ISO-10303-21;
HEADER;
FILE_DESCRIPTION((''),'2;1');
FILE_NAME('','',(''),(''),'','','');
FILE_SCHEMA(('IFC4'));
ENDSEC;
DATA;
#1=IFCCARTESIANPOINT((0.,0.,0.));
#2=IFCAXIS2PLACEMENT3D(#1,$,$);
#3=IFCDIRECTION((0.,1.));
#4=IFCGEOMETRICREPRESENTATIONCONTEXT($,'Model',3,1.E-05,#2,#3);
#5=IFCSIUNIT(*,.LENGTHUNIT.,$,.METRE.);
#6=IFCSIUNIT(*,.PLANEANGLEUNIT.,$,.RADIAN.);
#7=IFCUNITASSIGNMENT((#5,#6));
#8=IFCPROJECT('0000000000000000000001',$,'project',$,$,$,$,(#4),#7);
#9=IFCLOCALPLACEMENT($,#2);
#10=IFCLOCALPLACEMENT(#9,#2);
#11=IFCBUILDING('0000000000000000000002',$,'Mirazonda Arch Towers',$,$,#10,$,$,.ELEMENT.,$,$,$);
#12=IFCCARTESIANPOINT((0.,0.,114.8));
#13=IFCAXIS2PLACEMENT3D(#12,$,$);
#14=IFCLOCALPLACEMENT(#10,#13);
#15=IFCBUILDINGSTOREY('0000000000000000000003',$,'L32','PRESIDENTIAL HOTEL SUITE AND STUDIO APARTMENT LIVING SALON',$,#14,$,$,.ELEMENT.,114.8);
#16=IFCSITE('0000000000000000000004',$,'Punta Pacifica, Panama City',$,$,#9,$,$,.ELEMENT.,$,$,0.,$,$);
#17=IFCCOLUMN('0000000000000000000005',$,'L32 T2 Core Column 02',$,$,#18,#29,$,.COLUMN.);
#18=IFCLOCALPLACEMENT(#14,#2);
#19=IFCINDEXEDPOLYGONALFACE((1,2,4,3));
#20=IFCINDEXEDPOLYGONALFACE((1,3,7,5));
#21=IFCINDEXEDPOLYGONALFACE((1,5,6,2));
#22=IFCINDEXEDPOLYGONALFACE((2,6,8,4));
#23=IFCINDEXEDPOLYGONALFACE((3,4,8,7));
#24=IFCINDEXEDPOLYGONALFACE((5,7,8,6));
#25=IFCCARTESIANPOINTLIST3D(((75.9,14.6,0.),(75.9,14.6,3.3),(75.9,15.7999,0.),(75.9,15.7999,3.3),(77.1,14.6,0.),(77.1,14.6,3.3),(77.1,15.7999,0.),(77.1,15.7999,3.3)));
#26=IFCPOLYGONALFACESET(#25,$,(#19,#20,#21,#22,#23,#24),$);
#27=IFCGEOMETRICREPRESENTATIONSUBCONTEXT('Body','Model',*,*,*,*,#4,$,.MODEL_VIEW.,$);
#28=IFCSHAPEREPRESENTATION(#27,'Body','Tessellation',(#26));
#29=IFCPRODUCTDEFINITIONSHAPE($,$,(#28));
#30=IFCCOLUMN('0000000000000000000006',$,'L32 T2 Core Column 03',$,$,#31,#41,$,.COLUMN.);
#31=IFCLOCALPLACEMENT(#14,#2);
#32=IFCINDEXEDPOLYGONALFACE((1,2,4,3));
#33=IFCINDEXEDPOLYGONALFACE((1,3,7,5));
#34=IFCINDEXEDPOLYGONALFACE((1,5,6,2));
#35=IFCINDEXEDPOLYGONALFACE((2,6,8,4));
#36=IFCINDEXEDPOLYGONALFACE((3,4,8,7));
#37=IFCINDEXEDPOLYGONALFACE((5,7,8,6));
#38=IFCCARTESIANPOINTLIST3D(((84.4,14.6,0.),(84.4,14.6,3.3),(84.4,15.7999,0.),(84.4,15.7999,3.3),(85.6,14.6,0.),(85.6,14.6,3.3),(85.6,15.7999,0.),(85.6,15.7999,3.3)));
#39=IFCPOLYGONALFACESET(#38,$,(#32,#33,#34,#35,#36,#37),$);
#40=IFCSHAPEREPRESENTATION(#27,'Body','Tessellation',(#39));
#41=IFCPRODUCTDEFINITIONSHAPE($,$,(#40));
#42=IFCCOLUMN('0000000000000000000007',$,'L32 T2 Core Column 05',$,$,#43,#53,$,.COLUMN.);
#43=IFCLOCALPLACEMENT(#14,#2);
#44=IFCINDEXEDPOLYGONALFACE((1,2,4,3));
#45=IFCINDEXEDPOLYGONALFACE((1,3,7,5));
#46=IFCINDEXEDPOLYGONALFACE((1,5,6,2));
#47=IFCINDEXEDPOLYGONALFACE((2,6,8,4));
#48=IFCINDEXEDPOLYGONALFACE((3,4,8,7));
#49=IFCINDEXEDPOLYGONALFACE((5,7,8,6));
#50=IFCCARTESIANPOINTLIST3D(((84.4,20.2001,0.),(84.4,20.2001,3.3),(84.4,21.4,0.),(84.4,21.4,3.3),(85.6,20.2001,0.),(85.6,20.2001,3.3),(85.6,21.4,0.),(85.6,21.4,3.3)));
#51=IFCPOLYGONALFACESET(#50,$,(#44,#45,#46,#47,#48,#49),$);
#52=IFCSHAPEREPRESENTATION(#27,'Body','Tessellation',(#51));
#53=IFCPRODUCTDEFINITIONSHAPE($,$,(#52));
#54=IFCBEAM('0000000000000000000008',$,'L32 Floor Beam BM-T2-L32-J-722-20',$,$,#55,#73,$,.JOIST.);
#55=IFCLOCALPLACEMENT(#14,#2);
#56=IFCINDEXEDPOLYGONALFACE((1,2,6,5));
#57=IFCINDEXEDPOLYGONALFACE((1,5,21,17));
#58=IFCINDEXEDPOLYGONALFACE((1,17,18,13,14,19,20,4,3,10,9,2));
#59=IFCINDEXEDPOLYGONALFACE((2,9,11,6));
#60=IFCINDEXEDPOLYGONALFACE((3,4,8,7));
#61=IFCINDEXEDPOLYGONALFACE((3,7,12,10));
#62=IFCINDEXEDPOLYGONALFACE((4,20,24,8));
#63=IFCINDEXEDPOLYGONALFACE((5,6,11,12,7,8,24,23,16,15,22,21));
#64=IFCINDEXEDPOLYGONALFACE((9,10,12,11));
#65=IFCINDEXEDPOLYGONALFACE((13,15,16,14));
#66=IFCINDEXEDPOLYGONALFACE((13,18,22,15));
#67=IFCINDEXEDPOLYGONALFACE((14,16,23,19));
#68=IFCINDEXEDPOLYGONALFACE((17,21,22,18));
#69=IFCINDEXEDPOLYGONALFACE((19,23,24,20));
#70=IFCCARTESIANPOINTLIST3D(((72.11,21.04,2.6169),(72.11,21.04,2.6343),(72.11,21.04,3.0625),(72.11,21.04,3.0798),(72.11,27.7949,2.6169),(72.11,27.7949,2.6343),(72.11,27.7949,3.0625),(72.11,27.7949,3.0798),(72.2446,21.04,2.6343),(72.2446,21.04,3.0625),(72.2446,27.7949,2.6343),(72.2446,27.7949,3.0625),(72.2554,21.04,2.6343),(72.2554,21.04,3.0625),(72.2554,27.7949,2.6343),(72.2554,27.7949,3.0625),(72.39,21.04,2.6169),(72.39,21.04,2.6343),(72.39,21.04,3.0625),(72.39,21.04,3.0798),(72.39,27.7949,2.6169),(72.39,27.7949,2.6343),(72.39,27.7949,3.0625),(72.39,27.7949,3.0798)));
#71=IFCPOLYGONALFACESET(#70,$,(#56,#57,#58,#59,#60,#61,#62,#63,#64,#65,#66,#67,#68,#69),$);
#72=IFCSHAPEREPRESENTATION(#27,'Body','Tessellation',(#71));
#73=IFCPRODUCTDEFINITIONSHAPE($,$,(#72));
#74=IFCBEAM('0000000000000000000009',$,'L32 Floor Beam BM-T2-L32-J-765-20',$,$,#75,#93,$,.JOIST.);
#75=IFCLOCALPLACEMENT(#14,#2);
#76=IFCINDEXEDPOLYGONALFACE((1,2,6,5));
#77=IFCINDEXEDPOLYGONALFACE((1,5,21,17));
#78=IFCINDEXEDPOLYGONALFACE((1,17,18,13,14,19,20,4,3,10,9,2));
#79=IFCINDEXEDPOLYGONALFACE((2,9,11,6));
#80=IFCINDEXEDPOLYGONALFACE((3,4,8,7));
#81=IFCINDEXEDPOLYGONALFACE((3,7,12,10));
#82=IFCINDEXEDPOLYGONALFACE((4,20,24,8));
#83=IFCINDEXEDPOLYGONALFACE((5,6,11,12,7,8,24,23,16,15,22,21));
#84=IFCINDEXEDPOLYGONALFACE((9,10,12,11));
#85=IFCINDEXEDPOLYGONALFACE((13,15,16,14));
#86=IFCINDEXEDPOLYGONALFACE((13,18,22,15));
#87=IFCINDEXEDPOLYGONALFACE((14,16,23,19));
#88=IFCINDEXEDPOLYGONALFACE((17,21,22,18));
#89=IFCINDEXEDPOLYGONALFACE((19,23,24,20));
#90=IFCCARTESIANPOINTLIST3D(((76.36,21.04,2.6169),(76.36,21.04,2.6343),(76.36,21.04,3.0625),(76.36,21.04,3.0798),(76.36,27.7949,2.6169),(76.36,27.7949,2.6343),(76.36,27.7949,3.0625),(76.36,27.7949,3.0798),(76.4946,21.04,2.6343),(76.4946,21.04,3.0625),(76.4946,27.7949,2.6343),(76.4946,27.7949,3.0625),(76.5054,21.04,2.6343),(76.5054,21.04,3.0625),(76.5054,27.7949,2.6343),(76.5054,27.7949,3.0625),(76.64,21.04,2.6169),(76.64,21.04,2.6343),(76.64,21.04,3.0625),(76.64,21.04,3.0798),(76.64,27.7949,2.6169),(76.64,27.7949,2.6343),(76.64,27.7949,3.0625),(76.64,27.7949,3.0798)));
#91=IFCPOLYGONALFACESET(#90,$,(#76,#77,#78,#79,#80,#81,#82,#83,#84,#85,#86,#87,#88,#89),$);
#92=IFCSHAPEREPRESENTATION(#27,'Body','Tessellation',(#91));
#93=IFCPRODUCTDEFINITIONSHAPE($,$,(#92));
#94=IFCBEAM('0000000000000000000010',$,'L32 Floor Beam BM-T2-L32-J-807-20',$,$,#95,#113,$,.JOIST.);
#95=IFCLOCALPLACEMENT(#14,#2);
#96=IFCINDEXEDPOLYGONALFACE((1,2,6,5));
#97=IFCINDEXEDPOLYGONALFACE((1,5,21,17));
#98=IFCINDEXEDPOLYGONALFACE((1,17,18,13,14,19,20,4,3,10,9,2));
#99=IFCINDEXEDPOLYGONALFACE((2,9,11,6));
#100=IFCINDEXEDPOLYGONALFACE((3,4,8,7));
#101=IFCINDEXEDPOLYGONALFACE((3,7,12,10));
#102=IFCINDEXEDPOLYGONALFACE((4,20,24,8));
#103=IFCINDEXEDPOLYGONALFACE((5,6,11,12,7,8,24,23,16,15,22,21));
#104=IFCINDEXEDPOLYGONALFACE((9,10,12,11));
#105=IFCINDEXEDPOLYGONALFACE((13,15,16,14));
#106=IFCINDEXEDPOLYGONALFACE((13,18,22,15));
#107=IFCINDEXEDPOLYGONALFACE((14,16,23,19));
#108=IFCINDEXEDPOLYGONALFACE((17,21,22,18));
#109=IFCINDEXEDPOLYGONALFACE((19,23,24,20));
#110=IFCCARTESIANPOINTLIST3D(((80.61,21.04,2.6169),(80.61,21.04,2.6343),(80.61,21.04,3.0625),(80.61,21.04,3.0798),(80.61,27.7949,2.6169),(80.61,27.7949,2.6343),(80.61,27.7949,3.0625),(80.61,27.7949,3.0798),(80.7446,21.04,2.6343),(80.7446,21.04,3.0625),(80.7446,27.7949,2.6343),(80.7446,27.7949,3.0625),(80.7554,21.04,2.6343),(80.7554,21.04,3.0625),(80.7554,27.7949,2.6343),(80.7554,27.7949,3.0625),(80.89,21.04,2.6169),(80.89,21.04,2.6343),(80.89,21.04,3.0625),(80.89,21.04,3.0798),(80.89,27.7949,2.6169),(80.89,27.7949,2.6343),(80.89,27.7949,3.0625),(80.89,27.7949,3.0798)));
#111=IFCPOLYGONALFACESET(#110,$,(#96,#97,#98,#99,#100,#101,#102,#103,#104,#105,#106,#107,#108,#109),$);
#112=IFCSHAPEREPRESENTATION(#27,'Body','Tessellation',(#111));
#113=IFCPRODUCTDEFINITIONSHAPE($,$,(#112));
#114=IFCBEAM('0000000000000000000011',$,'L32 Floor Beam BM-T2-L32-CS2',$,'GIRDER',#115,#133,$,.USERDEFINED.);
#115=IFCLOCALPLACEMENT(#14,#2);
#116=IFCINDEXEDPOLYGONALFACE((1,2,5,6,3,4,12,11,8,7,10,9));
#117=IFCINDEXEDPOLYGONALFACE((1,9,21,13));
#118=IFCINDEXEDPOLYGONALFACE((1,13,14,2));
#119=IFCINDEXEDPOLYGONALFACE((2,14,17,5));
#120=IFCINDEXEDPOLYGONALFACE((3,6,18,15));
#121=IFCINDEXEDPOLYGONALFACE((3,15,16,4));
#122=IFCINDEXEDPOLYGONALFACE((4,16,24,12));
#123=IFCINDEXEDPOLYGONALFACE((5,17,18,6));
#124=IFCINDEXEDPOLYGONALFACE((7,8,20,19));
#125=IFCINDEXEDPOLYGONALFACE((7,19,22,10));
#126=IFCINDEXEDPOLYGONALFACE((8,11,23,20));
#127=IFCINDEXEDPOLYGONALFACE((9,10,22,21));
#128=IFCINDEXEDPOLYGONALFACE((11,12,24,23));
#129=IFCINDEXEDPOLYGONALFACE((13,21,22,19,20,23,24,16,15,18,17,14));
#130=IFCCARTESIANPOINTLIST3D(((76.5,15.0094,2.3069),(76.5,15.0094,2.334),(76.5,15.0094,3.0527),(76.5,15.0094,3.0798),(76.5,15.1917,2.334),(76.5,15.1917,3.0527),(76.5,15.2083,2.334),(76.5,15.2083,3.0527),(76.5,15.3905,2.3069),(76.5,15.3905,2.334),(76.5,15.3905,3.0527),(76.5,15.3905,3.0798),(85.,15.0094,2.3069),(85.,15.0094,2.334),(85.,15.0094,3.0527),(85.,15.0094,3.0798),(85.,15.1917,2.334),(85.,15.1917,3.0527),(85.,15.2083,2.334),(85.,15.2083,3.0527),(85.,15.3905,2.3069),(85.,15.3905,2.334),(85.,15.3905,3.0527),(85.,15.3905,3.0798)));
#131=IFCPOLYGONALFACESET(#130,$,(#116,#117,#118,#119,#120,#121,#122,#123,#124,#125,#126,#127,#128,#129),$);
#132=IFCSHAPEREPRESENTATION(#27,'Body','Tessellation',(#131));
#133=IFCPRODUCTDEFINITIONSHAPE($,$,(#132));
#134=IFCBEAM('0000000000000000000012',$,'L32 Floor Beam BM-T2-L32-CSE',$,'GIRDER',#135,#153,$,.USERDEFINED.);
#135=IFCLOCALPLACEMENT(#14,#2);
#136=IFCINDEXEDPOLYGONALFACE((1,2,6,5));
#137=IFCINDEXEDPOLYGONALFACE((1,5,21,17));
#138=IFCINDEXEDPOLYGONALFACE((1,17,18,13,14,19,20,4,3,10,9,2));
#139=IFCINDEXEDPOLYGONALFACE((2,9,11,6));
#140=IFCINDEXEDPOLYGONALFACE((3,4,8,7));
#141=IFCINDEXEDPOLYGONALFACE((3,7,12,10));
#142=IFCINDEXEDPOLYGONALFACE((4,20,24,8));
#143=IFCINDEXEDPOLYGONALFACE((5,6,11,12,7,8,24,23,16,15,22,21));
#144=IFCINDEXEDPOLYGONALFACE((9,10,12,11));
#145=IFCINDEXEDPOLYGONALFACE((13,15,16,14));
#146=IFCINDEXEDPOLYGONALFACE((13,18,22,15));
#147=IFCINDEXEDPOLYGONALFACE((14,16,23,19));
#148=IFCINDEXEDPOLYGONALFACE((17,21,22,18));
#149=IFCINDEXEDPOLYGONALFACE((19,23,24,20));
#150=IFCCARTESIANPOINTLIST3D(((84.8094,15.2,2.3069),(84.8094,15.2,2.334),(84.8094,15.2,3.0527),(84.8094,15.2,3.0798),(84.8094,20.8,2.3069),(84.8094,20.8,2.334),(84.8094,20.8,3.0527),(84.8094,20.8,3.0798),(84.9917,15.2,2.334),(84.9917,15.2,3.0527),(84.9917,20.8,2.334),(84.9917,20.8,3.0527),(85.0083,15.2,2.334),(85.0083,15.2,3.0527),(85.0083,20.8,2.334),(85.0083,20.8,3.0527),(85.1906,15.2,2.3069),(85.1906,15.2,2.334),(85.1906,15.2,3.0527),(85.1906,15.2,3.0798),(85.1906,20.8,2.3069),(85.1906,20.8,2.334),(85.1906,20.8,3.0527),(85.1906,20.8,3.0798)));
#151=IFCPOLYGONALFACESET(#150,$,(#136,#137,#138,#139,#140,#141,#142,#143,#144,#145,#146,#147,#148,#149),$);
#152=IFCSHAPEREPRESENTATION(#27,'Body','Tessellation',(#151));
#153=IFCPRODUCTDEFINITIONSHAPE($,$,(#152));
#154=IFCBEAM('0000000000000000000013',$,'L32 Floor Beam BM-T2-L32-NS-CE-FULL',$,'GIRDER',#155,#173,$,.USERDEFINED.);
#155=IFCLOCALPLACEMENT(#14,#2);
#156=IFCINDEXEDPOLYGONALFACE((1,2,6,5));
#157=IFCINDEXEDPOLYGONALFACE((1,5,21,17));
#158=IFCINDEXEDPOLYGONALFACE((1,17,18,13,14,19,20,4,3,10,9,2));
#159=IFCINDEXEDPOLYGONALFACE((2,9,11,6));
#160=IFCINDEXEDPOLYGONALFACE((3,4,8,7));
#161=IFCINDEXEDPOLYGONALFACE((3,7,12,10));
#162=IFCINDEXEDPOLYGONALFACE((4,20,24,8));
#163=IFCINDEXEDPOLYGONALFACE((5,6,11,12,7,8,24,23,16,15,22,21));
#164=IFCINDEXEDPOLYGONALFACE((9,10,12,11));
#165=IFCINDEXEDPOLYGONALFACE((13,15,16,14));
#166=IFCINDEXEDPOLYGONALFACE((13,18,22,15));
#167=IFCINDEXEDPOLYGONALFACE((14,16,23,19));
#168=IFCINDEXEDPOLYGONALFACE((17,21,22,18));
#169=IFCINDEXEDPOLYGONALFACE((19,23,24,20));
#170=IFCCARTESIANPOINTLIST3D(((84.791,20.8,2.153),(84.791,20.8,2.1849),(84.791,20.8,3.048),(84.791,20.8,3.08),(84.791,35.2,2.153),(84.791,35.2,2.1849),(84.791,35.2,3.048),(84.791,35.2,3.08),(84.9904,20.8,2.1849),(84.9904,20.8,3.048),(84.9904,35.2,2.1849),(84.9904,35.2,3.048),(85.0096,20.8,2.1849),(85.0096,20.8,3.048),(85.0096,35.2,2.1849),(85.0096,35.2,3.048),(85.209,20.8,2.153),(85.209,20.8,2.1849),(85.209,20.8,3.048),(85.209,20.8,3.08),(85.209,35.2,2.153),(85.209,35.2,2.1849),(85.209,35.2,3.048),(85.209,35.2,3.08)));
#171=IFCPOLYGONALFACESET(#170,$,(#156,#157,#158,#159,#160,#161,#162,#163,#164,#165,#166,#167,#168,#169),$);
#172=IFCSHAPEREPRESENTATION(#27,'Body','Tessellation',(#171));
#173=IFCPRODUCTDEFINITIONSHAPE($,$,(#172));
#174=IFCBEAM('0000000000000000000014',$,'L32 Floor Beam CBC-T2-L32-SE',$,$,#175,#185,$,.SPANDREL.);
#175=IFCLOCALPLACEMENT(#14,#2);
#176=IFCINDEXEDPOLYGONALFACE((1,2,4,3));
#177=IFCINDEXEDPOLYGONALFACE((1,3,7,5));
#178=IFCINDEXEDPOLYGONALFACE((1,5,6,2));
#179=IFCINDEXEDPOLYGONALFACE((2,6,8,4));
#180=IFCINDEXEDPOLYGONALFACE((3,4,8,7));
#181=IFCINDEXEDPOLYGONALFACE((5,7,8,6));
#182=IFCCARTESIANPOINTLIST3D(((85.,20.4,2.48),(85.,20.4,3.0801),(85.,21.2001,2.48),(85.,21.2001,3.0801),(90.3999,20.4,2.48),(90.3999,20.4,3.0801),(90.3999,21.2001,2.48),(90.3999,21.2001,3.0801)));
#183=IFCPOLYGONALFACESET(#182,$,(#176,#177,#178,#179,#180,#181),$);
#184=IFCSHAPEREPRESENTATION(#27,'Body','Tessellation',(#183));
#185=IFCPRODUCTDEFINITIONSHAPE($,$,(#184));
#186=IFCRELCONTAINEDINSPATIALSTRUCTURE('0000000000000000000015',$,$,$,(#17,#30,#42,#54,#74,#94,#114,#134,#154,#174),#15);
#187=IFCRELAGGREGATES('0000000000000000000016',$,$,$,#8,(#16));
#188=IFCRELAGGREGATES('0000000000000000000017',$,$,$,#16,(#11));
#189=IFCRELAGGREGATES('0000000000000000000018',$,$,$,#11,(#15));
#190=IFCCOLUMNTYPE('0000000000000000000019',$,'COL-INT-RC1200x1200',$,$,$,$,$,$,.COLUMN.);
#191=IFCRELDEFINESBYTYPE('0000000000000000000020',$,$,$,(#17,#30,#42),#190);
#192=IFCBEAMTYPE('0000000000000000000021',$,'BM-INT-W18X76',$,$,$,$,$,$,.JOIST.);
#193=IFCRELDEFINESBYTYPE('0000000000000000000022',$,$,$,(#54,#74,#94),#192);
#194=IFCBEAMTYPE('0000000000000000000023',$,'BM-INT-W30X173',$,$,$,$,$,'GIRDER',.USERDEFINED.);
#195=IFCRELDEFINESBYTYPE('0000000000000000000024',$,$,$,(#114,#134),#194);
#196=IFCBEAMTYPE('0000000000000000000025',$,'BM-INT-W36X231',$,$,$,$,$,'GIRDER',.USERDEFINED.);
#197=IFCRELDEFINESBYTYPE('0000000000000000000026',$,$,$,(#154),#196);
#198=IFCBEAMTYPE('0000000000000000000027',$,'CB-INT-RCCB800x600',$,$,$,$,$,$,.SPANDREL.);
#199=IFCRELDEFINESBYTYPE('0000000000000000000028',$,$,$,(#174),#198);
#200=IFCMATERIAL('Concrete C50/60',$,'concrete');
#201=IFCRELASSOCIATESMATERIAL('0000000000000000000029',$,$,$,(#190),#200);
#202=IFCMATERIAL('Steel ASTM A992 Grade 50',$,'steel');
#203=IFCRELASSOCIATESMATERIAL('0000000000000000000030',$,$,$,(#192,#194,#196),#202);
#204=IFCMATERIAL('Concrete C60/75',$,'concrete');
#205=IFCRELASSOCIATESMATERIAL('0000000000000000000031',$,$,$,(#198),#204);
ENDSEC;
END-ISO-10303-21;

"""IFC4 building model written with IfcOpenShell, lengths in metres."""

from ifc_helpers import new_model, si_unit, direction, frame, origin, origin_2d, place, context, subcontext, project, spatial, rectangle, i_section, extrude, material, material_profile, profile_set, type_object, element, save


model = new_model("IFC4")

# Units and contexts
model_context = context("Model", 3, precision=1e-05, world=origin(), true_north=direction((0.0, 1.0)))
body_context = subcontext(model_context, "Body", "Model", "MODEL_VIEW")
ifc_project = project(units=[si_unit("LENGTHUNIT", "METRE"), si_unit("PLANEANGLEUNIT", "RADIAN")], contexts=[model_context])

# Site, building, storey
site_placement = place(None, origin())
site = spatial("IfcSite", under=ifc_project, at=site_placement, Name="Punta Pacifica, Panama City", CompositionType="ELEMENT", RefElevation=0.0)
building_placement = place(site_placement, origin())
building = spatial("IfcBuilding", under=site, at=building_placement, Name="Mirazonda Arch Towers", CompositionType="ELEMENT")
storey_placement = place(building_placement, frame((0.0, 0.0, 114.8)))
storey = spatial("IfcBuildingStorey", under=building, at=storey_placement, Name="L32", Description="PRESIDENTIAL HOTEL SUITE AND STUDIO APARTMENT LIVING SALON", CompositionType="ELEMENT", Elevation=114.8)

# Columns
ifc_material_1 = material(Name="Concrete C50/60", Category="concrete")
ifc_material_profile_1 = material_profile(ifc_material_1, rectangle(XDim=1.2, YDim=1.2, at=origin_2d()), Name="RC1200x1200")
ifc_profile_set_1 = profile_set([ifc_material_profile_1], Name="Concrete C50/60")
column_type = type_object("IfcColumnType", Name="COL-INT-RC1200x1200", PredefinedType="COLUMN", material=ifc_profile_set_1)
for number, where, z_axis, x_axis, name in (
    (1, (76.5, 15.2, 0.0), (0.0, 0.0, 1.0), (1.0, 0.0, 0.0), "L32 T2 Core Column 02"),
    (2, (85.0, 15.2, 0.0), (0.0, 0.0, 1.0), (1.0, 0.0, 0.0), "L32 T2 Core Column 03"),
    (3, (85.0, 20.8, 0.0), (0.0, 0.0, 1.0), (1.0, 0.0, 0.0), "L32 T2 Core Column 05"),
):
    element("IfcColumn", number, at=place(storey_placement, frame(where, z_axis=z_axis, x_axis=x_axis)), inside=storey, type_object=column_type, Name=name, PredefinedType="COLUMN", context=body_context, shape_type="SweptSolid", body=[
        extrude(rectangle(XDim=1.2, YDim=1.2, at=origin_2d()), origin(), (0.0, 0.0, 1.0), 3.3),
    ])

# Beams
ifc_material_2 = material(Name="Steel ASTM A992 Grade 50", Category="steel")
ifc_material_profile_2 = material_profile(ifc_material_2, i_section(OverallWidth=0.28, OverallDepth=0.4629, WebThickness=0.0107, FlangeThickness=0.0173, at=origin_2d()), Name="W18X76")
ifc_profile_set_2 = profile_set([ifc_material_profile_2], Name="Steel ASTM A992 Grade 50")
beam_type_1 = type_object("IfcBeamType", Name="BM-INT-W18X76", PredefinedType="JOIST", material=ifc_profile_set_2)
for number, where, z_axis, x_axis, name in (
    (4, (72.25, 21.04, 2.8484), (0.0, 1.0, 0.0), (-1.0, 0.0, 0.0), "L32 Floor Beam BM-T2-L32-J-722-20"),
    (5, (76.5, 21.04, 2.8484), (0.0, 1.0, 0.0), (-1.0, 0.0, 0.0), "L32 Floor Beam BM-T2-L32-J-765-20"),
    (6, (80.75, 21.04, 2.8484), (0.0, 1.0, 0.0), (-1.0, 0.0, 0.0), "L32 Floor Beam BM-T2-L32-J-807-20"),
):
    element("IfcBeam", number, at=place(storey_placement, frame(where, z_axis=z_axis, x_axis=x_axis)), inside=storey, type_object=beam_type_1, Name=name, PredefinedType="JOIST", context=body_context, shape_type="SweptSolid", body=[
        extrude(i_section(OverallWidth=0.28, OverallDepth=0.4629, WebThickness=0.0107, FlangeThickness=0.0173, at=origin_2d()), origin(), (0.0, 0.0, 1.0), 6.7549),
    ])
ifc_material_profile_3 = material_profile(ifc_material_2, i_section(OverallWidth=0.3811, OverallDepth=0.7729, WebThickness=0.0166, FlangeThickness=0.0271, at=origin_2d()), Name="W30X173")
ifc_profile_set_3 = profile_set([ifc_material_profile_3], Name="Steel ASTM A992 Grade 50")
beam_type_2 = type_object("IfcBeamType", Name="BM-INT-W30X173", ElementType="GIRDER", PredefinedType="USERDEFINED", material=ifc_profile_set_3)
beam_1_placement = place(storey_placement, frame((76.5, 15.2, 2.6934), z_axis=(1.0, 0.0, 0.0), x_axis=(0.0, 1.0, 0.0)))
element("IfcBeam", 7, at=beam_1_placement, inside=storey, type_object=beam_type_2, Name="L32 Floor Beam BM-T2-L32-CS2", ObjectType="GIRDER", PredefinedType="USERDEFINED", context=body_context, shape_type="SweptSolid", body=[
    extrude(i_section(OverallWidth=0.3811, OverallDepth=0.7729, WebThickness=0.0166, FlangeThickness=0.0271, at=origin_2d()), origin(), (0.0, 0.0, 1.0), 8.5),
])
beam_2_placement = place(storey_placement, frame((85.0, 15.2, 2.6934), z_axis=(0.0, 1.0, 0.0), x_axis=(-1.0, 0.0, 0.0)))
element("IfcBeam", 8, at=beam_2_placement, inside=storey, type_object=beam_type_2, Name="L32 Floor Beam BM-T2-L32-CSE", ObjectType="GIRDER", PredefinedType="USERDEFINED", context=body_context, shape_type="SweptSolid", body=[
    extrude(i_section(OverallWidth=0.3811, OverallDepth=0.7729, WebThickness=0.0166, FlangeThickness=0.0271, at=origin_2d()), origin(), (0.0, 0.0, 1.0), 5.6001),
])
ifc_material_profile_4 = material_profile(ifc_material_2, i_section(OverallWidth=0.418, OverallDepth=0.927, WebThickness=0.0193, FlangeThickness=0.032, at=origin_2d()), Name="W36X231")
ifc_profile_set_4 = profile_set([ifc_material_profile_4], Name="Steel ASTM A992 Grade 50")
beam_type_3 = type_object("IfcBeamType", Name="BM-INT-W36X231", ElementType="GIRDER", PredefinedType="USERDEFINED", material=ifc_profile_set_4)
beam_3_placement = place(storey_placement, frame((85.0, 20.8, 2.6165), z_axis=(0.0, 1.0, 0.0), x_axis=(-1.0, 0.0, 0.0)))
element("IfcBeam", 9, at=beam_3_placement, inside=storey, type_object=beam_type_3, Name="L32 Floor Beam BM-T2-L32-NS-CE-FULL", ObjectType="GIRDER", PredefinedType="USERDEFINED", context=body_context, shape_type="SweptSolid", body=[
    extrude(i_section(OverallWidth=0.418, OverallDepth=0.927, WebThickness=0.0193, FlangeThickness=0.032, at=origin_2d()), origin(), (0.0, 0.0, 1.0), 14.3999),
])
ifc_material_3 = material(Name="Concrete C60/75", Category="concrete")
ifc_material_profile_5 = material_profile(ifc_material_3, rectangle(XDim=0.8, YDim=0.6001, at=origin_2d()), Name="RCCB800x600")
ifc_profile_set_5 = profile_set([ifc_material_profile_5], Name="Concrete C60/75")
beam_type_4 = type_object("IfcBeamType", Name="CB-INT-RCCB800x600", PredefinedType="SPANDREL", material=ifc_profile_set_5)
beam_4_placement = place(storey_placement, frame((85.0, 20.8, 2.78), z_axis=(1.0, 0.0, 0.0), x_axis=(0.0, 1.0, 0.0)))
element("IfcBeam", 10, at=beam_4_placement, inside=storey, type_object=beam_type_4, Name="L32 Floor Beam CBC-T2-L32-SE", PredefinedType="SPANDREL", context=body_context, shape_type="SweptSolid", body=[
    extrude(rectangle(XDim=0.8, YDim=0.6001, at=origin_2d()), origin(), (0.0, 0.0, 1.0), 5.3999),
])

save(model, "model.ifc")
